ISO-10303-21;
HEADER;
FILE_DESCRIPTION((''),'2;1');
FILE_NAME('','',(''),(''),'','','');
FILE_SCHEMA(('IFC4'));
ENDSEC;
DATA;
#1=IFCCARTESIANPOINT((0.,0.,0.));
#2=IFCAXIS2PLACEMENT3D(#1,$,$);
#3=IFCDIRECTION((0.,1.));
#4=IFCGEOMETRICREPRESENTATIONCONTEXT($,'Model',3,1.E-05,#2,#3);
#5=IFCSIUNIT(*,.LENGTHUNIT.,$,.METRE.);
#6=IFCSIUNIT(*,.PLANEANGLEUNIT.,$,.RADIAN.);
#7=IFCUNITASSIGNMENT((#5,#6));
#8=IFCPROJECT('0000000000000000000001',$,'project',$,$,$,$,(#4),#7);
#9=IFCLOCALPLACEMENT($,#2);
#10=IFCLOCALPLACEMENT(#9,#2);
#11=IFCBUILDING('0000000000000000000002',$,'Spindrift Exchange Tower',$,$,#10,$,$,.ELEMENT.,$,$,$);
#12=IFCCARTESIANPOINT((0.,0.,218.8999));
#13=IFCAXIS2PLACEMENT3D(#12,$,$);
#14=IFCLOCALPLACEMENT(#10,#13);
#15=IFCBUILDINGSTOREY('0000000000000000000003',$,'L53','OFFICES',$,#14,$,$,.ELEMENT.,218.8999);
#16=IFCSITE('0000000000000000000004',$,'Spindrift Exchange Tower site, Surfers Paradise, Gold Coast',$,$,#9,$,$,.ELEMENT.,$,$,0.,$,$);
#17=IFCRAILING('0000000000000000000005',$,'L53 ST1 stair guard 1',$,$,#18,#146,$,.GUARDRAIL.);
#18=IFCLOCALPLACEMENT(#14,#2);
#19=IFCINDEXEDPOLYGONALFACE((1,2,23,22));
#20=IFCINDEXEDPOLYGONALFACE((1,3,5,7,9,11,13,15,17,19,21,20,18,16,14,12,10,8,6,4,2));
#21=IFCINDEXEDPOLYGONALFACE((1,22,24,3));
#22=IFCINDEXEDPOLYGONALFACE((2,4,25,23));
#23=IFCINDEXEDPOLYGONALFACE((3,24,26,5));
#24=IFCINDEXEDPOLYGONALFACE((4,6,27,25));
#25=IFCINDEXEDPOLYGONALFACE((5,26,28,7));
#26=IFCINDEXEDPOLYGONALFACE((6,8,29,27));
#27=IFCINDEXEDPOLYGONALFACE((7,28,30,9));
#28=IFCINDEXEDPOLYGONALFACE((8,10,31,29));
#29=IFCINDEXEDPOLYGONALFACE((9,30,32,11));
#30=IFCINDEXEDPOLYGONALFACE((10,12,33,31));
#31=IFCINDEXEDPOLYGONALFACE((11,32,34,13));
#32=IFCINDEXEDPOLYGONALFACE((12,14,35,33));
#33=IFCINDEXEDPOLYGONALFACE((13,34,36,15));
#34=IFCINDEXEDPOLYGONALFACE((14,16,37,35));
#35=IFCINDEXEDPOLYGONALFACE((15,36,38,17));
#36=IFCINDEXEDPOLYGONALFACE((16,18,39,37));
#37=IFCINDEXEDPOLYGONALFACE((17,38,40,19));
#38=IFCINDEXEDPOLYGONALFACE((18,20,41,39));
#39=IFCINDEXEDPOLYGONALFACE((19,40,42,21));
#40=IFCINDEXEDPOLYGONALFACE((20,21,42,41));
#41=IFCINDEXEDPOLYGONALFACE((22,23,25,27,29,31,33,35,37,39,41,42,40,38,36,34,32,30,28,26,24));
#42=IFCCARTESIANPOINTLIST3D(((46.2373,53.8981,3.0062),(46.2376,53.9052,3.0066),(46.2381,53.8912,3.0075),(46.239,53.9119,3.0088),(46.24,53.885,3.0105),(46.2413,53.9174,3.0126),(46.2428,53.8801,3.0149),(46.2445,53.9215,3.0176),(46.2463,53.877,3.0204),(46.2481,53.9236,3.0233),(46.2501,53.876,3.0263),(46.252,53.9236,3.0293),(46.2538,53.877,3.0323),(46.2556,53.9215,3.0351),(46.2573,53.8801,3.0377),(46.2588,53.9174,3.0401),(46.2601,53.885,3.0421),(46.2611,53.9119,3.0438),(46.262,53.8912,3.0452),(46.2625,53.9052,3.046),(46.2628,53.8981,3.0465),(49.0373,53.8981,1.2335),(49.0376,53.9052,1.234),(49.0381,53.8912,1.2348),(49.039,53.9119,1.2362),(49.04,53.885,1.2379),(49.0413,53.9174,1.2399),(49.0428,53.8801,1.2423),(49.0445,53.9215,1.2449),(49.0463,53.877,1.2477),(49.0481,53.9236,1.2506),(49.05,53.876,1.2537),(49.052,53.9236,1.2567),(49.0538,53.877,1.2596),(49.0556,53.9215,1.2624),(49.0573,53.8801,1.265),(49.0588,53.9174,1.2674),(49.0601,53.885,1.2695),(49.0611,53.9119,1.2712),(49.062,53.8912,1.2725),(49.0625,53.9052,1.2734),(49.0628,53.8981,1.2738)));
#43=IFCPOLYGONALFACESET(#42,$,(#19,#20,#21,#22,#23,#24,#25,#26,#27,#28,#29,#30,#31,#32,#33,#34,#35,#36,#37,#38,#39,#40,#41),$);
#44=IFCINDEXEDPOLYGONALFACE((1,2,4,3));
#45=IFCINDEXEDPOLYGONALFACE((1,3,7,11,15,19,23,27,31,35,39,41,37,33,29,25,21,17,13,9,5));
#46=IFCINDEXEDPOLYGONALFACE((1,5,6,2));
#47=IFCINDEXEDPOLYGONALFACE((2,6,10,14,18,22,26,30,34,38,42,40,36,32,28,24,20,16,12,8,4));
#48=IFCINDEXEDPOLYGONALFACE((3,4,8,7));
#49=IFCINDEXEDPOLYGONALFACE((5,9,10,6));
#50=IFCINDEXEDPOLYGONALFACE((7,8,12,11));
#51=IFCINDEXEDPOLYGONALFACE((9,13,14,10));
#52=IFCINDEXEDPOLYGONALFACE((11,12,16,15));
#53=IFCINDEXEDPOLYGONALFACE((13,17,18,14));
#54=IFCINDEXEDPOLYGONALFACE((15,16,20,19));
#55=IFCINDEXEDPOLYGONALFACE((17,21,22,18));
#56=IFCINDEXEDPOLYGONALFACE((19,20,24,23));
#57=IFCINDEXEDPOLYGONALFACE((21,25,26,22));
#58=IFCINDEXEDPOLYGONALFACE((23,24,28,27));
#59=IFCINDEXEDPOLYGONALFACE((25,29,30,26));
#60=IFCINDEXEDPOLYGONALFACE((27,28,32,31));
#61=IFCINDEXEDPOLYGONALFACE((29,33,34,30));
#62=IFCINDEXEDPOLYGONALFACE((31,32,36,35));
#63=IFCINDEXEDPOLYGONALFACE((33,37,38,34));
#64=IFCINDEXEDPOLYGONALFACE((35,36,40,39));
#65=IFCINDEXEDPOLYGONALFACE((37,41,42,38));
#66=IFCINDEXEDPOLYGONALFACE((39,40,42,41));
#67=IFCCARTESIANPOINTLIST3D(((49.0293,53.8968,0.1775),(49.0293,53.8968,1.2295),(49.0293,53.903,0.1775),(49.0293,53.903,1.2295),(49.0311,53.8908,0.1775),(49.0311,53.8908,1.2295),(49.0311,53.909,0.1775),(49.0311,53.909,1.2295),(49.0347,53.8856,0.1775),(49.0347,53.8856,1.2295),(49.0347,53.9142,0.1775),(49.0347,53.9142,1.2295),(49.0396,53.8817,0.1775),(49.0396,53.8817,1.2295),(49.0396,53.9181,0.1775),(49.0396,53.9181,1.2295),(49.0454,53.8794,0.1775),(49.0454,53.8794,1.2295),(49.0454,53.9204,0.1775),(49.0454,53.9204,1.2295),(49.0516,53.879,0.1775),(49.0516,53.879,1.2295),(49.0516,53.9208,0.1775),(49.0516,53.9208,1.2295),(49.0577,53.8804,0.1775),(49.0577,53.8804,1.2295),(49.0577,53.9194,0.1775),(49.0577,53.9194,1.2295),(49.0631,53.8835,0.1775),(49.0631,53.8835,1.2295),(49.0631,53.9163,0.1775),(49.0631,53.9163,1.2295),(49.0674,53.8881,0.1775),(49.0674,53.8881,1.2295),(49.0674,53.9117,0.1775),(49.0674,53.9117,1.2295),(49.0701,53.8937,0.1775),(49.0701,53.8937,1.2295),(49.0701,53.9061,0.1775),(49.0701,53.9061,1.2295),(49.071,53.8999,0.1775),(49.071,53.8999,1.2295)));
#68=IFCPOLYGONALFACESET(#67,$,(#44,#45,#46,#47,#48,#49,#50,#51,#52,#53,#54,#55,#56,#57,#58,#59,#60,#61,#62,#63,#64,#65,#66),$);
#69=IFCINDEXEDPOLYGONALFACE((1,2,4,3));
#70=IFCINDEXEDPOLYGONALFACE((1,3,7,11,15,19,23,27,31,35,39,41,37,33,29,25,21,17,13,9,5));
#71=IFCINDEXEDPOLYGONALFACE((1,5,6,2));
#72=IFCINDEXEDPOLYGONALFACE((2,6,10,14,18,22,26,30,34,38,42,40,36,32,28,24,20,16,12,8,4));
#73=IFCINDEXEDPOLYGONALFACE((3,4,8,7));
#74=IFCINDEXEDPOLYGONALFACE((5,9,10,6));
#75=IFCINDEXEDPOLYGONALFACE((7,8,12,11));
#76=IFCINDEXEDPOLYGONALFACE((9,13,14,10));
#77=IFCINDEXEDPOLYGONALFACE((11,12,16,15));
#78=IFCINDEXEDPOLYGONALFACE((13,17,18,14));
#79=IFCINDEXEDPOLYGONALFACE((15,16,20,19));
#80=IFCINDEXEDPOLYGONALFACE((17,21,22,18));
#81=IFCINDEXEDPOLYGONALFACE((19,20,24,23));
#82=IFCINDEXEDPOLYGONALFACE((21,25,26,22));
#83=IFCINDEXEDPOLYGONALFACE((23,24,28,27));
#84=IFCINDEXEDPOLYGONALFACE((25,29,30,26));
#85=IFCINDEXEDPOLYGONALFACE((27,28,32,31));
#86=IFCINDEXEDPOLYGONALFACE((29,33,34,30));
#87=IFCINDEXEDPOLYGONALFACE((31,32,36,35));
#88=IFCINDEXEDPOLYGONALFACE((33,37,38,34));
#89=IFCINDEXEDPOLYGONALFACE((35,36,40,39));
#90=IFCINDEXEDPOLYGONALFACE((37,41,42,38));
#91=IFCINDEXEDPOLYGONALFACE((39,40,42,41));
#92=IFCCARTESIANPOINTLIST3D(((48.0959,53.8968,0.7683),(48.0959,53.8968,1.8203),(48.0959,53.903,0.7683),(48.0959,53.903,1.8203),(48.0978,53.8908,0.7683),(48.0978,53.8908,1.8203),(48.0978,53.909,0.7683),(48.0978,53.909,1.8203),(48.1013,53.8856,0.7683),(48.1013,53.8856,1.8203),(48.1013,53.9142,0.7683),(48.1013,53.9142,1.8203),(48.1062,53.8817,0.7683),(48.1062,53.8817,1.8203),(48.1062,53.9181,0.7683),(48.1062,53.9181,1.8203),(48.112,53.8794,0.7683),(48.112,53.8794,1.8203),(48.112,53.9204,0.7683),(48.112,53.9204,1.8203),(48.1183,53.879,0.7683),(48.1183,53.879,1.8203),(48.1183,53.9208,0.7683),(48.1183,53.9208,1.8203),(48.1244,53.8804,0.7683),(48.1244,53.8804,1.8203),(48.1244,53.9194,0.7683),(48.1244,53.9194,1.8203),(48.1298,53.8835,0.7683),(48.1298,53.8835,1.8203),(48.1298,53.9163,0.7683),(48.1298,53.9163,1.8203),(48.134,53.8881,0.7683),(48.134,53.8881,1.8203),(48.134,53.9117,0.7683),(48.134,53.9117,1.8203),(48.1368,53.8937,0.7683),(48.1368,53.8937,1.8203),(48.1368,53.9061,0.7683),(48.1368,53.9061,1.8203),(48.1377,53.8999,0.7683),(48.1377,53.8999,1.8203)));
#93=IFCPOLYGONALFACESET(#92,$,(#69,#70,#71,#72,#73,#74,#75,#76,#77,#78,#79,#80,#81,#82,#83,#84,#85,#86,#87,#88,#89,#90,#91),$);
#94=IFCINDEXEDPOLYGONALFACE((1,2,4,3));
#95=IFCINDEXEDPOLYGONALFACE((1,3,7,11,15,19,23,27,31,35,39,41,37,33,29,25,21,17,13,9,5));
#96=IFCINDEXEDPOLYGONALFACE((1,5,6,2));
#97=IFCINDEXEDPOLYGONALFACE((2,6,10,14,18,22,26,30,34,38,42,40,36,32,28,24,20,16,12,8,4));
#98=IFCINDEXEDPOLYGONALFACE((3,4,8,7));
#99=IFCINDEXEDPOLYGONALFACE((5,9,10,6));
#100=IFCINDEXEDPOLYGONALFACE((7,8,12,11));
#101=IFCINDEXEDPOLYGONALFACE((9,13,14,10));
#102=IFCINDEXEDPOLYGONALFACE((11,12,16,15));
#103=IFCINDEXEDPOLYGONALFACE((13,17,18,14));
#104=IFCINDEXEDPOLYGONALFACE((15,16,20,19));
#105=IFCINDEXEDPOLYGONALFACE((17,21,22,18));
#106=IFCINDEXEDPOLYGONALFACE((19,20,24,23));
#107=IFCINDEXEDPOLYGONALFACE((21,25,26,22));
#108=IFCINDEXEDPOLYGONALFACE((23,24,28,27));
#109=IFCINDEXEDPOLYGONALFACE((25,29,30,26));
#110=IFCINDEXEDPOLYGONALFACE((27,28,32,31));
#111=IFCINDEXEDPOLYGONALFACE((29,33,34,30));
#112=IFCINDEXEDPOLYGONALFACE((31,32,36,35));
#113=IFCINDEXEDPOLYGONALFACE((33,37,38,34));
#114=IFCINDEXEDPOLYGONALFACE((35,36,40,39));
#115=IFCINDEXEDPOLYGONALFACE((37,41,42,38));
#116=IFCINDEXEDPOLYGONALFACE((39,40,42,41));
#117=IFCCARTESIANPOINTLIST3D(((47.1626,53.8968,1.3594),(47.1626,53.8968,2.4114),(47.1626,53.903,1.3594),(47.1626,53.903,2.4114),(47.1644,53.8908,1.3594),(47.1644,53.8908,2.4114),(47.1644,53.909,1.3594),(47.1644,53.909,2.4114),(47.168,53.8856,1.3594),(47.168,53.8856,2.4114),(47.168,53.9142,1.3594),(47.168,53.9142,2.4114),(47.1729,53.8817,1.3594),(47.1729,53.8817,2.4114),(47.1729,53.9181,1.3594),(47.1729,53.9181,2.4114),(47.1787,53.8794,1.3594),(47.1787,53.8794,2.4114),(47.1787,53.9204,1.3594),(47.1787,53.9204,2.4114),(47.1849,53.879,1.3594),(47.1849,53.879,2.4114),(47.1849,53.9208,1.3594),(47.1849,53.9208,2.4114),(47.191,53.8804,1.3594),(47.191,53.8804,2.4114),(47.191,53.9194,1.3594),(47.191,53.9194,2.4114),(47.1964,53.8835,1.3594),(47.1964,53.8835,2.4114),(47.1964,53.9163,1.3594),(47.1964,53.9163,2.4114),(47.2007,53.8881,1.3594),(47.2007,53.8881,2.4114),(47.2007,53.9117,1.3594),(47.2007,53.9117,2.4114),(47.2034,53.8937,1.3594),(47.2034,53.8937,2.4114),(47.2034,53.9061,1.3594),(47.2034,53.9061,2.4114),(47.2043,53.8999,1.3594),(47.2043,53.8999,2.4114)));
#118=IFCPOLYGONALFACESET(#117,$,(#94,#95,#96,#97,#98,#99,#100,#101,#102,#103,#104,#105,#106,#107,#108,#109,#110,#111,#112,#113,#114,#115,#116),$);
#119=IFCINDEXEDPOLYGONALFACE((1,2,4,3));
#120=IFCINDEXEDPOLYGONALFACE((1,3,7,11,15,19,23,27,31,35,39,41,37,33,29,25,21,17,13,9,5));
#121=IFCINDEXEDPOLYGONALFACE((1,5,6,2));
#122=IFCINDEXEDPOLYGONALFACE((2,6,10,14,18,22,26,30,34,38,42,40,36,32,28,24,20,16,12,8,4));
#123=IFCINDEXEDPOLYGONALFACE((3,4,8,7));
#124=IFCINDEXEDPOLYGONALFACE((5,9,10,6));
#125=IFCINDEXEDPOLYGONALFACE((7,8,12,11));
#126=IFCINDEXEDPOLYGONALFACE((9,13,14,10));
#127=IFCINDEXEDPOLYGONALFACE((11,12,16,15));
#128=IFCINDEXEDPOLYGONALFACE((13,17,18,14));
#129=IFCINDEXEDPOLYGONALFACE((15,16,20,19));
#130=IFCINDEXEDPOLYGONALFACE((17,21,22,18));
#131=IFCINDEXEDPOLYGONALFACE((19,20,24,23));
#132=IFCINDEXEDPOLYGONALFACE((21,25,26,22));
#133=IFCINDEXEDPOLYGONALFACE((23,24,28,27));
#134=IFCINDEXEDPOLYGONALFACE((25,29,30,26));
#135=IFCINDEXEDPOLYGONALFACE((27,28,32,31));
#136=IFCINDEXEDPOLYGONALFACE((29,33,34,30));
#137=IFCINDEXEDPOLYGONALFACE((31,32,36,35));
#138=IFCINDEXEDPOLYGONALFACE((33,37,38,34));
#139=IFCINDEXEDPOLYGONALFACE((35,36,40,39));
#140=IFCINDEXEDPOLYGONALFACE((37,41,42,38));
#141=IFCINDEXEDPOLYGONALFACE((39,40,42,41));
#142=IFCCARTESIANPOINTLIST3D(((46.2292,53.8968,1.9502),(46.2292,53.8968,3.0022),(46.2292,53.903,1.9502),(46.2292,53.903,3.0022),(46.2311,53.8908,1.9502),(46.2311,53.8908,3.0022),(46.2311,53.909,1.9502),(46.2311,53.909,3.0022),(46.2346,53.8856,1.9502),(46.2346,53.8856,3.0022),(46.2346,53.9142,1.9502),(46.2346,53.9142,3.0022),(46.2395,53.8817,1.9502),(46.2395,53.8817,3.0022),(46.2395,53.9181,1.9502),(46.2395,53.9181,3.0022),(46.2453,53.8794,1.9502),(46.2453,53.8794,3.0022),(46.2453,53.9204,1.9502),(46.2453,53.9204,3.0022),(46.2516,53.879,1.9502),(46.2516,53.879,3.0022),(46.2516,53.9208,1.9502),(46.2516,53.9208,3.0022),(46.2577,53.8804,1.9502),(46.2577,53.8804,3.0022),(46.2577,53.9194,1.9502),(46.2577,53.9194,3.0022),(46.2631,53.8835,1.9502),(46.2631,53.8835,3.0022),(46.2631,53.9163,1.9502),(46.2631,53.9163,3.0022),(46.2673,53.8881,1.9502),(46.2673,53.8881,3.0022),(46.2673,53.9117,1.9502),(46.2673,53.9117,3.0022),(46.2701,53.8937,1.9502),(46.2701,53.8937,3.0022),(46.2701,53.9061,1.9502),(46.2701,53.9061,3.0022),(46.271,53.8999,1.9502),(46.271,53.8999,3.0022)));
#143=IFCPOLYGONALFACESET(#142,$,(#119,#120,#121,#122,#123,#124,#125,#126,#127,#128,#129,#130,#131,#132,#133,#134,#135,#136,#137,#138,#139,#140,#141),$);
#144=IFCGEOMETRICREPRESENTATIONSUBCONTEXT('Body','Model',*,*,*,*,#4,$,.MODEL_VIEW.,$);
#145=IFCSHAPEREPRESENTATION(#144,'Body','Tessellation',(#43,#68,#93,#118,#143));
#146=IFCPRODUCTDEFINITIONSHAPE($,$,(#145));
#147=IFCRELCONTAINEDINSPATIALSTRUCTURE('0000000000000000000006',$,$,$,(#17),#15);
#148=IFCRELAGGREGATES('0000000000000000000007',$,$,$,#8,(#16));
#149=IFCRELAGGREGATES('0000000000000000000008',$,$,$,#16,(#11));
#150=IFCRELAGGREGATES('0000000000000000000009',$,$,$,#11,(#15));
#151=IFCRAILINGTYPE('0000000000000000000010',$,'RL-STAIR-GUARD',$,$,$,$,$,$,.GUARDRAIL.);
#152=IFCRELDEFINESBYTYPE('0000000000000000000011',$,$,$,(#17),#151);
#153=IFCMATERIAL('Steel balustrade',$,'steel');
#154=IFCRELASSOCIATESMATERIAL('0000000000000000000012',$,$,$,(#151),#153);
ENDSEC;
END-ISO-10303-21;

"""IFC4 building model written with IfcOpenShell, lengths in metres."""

from ifc_helpers import new_model, si_unit, direction, frame, origin, origin_2d, place, context, subcontext, project, spatial, circle, extrude, material, type_object, element, save


model = new_model("IFC4")

# Units and contexts
model_context = context("Model", 3, precision=1e-05, world=origin(), true_north=direction((0.0, 1.0)))
body_context = subcontext(model_context, "Body", "Model", "MODEL_VIEW")
ifc_project = project(units=[si_unit("LENGTHUNIT", "METRE"), si_unit("PLANEANGLEUNIT", "RADIAN")], contexts=[model_context])

# Site, building, storey
site_placement = place(None, origin())
site = spatial("IfcSite", under=ifc_project, at=site_placement, Name="Spindrift Exchange Tower site, Surfers Paradise, Gold Coast", CompositionType="ELEMENT", RefElevation=0.0)
building_placement = place(site_placement, origin())
building = spatial("IfcBuilding", under=site, at=building_placement, Name="Spindrift Exchange Tower", CompositionType="ELEMENT")
storey_placement = place(building_placement, frame((0.0, 0.0, 218.8999)))
storey = spatial("IfcBuildingStorey", under=building, at=storey_placement, Name="L53", Description="OFFICES", CompositionType="ELEMENT", Elevation=218.8999)

# Railing
ifc_material_1 = material(Name="Steel balustrade", Category="steel")
railing_type_1 = type_object("IfcRailingType", Name="RL-STAIR-GUARD", PredefinedType="GUARDRAIL", material=ifc_material_1)
railing_1_placement = place(storey_placement, frame((49.05, 53.8999, 0.1775)))
element("IfcRailing", 1, at=railing_1_placement, inside=storey, type_object=railing_type_1, Name="L53 ST1 stair guard 1", PredefinedType="GUARDRAIL", context=body_context, shape_type="SweptSolid", body=[
    extrude(circle(Radius=0.0239, at=origin_2d()), frame((0.0, 0.0, 1.0762), z_axis=(-0.844909, 0.0, 0.53491), x_axis=(0.0, -1.0, 0.0)), (0.0, 0.0, 1.0), 3.314),
    extrude(circle(Radius=0.021, at=origin_2d()), origin(), (0.0, 0.0, 1.0), 1.052),
    extrude(circle(Radius=0.021, at=origin_2d()), frame((-0.9333, 0.0, 0.5908)), (0.0, 0.0, 1.0), 1.052),
    extrude(circle(Radius=0.021, at=origin_2d()), frame((-1.8667, 0.0, 1.1819)), (0.0, 0.0, 1.0), 1.052),
    extrude(circle(Radius=0.021, at=origin_2d()), frame((-2.8, 0.0, 1.7727)), (0.0, 0.0, 1.0), 1.052),
])

save(model, "model.ifc")
